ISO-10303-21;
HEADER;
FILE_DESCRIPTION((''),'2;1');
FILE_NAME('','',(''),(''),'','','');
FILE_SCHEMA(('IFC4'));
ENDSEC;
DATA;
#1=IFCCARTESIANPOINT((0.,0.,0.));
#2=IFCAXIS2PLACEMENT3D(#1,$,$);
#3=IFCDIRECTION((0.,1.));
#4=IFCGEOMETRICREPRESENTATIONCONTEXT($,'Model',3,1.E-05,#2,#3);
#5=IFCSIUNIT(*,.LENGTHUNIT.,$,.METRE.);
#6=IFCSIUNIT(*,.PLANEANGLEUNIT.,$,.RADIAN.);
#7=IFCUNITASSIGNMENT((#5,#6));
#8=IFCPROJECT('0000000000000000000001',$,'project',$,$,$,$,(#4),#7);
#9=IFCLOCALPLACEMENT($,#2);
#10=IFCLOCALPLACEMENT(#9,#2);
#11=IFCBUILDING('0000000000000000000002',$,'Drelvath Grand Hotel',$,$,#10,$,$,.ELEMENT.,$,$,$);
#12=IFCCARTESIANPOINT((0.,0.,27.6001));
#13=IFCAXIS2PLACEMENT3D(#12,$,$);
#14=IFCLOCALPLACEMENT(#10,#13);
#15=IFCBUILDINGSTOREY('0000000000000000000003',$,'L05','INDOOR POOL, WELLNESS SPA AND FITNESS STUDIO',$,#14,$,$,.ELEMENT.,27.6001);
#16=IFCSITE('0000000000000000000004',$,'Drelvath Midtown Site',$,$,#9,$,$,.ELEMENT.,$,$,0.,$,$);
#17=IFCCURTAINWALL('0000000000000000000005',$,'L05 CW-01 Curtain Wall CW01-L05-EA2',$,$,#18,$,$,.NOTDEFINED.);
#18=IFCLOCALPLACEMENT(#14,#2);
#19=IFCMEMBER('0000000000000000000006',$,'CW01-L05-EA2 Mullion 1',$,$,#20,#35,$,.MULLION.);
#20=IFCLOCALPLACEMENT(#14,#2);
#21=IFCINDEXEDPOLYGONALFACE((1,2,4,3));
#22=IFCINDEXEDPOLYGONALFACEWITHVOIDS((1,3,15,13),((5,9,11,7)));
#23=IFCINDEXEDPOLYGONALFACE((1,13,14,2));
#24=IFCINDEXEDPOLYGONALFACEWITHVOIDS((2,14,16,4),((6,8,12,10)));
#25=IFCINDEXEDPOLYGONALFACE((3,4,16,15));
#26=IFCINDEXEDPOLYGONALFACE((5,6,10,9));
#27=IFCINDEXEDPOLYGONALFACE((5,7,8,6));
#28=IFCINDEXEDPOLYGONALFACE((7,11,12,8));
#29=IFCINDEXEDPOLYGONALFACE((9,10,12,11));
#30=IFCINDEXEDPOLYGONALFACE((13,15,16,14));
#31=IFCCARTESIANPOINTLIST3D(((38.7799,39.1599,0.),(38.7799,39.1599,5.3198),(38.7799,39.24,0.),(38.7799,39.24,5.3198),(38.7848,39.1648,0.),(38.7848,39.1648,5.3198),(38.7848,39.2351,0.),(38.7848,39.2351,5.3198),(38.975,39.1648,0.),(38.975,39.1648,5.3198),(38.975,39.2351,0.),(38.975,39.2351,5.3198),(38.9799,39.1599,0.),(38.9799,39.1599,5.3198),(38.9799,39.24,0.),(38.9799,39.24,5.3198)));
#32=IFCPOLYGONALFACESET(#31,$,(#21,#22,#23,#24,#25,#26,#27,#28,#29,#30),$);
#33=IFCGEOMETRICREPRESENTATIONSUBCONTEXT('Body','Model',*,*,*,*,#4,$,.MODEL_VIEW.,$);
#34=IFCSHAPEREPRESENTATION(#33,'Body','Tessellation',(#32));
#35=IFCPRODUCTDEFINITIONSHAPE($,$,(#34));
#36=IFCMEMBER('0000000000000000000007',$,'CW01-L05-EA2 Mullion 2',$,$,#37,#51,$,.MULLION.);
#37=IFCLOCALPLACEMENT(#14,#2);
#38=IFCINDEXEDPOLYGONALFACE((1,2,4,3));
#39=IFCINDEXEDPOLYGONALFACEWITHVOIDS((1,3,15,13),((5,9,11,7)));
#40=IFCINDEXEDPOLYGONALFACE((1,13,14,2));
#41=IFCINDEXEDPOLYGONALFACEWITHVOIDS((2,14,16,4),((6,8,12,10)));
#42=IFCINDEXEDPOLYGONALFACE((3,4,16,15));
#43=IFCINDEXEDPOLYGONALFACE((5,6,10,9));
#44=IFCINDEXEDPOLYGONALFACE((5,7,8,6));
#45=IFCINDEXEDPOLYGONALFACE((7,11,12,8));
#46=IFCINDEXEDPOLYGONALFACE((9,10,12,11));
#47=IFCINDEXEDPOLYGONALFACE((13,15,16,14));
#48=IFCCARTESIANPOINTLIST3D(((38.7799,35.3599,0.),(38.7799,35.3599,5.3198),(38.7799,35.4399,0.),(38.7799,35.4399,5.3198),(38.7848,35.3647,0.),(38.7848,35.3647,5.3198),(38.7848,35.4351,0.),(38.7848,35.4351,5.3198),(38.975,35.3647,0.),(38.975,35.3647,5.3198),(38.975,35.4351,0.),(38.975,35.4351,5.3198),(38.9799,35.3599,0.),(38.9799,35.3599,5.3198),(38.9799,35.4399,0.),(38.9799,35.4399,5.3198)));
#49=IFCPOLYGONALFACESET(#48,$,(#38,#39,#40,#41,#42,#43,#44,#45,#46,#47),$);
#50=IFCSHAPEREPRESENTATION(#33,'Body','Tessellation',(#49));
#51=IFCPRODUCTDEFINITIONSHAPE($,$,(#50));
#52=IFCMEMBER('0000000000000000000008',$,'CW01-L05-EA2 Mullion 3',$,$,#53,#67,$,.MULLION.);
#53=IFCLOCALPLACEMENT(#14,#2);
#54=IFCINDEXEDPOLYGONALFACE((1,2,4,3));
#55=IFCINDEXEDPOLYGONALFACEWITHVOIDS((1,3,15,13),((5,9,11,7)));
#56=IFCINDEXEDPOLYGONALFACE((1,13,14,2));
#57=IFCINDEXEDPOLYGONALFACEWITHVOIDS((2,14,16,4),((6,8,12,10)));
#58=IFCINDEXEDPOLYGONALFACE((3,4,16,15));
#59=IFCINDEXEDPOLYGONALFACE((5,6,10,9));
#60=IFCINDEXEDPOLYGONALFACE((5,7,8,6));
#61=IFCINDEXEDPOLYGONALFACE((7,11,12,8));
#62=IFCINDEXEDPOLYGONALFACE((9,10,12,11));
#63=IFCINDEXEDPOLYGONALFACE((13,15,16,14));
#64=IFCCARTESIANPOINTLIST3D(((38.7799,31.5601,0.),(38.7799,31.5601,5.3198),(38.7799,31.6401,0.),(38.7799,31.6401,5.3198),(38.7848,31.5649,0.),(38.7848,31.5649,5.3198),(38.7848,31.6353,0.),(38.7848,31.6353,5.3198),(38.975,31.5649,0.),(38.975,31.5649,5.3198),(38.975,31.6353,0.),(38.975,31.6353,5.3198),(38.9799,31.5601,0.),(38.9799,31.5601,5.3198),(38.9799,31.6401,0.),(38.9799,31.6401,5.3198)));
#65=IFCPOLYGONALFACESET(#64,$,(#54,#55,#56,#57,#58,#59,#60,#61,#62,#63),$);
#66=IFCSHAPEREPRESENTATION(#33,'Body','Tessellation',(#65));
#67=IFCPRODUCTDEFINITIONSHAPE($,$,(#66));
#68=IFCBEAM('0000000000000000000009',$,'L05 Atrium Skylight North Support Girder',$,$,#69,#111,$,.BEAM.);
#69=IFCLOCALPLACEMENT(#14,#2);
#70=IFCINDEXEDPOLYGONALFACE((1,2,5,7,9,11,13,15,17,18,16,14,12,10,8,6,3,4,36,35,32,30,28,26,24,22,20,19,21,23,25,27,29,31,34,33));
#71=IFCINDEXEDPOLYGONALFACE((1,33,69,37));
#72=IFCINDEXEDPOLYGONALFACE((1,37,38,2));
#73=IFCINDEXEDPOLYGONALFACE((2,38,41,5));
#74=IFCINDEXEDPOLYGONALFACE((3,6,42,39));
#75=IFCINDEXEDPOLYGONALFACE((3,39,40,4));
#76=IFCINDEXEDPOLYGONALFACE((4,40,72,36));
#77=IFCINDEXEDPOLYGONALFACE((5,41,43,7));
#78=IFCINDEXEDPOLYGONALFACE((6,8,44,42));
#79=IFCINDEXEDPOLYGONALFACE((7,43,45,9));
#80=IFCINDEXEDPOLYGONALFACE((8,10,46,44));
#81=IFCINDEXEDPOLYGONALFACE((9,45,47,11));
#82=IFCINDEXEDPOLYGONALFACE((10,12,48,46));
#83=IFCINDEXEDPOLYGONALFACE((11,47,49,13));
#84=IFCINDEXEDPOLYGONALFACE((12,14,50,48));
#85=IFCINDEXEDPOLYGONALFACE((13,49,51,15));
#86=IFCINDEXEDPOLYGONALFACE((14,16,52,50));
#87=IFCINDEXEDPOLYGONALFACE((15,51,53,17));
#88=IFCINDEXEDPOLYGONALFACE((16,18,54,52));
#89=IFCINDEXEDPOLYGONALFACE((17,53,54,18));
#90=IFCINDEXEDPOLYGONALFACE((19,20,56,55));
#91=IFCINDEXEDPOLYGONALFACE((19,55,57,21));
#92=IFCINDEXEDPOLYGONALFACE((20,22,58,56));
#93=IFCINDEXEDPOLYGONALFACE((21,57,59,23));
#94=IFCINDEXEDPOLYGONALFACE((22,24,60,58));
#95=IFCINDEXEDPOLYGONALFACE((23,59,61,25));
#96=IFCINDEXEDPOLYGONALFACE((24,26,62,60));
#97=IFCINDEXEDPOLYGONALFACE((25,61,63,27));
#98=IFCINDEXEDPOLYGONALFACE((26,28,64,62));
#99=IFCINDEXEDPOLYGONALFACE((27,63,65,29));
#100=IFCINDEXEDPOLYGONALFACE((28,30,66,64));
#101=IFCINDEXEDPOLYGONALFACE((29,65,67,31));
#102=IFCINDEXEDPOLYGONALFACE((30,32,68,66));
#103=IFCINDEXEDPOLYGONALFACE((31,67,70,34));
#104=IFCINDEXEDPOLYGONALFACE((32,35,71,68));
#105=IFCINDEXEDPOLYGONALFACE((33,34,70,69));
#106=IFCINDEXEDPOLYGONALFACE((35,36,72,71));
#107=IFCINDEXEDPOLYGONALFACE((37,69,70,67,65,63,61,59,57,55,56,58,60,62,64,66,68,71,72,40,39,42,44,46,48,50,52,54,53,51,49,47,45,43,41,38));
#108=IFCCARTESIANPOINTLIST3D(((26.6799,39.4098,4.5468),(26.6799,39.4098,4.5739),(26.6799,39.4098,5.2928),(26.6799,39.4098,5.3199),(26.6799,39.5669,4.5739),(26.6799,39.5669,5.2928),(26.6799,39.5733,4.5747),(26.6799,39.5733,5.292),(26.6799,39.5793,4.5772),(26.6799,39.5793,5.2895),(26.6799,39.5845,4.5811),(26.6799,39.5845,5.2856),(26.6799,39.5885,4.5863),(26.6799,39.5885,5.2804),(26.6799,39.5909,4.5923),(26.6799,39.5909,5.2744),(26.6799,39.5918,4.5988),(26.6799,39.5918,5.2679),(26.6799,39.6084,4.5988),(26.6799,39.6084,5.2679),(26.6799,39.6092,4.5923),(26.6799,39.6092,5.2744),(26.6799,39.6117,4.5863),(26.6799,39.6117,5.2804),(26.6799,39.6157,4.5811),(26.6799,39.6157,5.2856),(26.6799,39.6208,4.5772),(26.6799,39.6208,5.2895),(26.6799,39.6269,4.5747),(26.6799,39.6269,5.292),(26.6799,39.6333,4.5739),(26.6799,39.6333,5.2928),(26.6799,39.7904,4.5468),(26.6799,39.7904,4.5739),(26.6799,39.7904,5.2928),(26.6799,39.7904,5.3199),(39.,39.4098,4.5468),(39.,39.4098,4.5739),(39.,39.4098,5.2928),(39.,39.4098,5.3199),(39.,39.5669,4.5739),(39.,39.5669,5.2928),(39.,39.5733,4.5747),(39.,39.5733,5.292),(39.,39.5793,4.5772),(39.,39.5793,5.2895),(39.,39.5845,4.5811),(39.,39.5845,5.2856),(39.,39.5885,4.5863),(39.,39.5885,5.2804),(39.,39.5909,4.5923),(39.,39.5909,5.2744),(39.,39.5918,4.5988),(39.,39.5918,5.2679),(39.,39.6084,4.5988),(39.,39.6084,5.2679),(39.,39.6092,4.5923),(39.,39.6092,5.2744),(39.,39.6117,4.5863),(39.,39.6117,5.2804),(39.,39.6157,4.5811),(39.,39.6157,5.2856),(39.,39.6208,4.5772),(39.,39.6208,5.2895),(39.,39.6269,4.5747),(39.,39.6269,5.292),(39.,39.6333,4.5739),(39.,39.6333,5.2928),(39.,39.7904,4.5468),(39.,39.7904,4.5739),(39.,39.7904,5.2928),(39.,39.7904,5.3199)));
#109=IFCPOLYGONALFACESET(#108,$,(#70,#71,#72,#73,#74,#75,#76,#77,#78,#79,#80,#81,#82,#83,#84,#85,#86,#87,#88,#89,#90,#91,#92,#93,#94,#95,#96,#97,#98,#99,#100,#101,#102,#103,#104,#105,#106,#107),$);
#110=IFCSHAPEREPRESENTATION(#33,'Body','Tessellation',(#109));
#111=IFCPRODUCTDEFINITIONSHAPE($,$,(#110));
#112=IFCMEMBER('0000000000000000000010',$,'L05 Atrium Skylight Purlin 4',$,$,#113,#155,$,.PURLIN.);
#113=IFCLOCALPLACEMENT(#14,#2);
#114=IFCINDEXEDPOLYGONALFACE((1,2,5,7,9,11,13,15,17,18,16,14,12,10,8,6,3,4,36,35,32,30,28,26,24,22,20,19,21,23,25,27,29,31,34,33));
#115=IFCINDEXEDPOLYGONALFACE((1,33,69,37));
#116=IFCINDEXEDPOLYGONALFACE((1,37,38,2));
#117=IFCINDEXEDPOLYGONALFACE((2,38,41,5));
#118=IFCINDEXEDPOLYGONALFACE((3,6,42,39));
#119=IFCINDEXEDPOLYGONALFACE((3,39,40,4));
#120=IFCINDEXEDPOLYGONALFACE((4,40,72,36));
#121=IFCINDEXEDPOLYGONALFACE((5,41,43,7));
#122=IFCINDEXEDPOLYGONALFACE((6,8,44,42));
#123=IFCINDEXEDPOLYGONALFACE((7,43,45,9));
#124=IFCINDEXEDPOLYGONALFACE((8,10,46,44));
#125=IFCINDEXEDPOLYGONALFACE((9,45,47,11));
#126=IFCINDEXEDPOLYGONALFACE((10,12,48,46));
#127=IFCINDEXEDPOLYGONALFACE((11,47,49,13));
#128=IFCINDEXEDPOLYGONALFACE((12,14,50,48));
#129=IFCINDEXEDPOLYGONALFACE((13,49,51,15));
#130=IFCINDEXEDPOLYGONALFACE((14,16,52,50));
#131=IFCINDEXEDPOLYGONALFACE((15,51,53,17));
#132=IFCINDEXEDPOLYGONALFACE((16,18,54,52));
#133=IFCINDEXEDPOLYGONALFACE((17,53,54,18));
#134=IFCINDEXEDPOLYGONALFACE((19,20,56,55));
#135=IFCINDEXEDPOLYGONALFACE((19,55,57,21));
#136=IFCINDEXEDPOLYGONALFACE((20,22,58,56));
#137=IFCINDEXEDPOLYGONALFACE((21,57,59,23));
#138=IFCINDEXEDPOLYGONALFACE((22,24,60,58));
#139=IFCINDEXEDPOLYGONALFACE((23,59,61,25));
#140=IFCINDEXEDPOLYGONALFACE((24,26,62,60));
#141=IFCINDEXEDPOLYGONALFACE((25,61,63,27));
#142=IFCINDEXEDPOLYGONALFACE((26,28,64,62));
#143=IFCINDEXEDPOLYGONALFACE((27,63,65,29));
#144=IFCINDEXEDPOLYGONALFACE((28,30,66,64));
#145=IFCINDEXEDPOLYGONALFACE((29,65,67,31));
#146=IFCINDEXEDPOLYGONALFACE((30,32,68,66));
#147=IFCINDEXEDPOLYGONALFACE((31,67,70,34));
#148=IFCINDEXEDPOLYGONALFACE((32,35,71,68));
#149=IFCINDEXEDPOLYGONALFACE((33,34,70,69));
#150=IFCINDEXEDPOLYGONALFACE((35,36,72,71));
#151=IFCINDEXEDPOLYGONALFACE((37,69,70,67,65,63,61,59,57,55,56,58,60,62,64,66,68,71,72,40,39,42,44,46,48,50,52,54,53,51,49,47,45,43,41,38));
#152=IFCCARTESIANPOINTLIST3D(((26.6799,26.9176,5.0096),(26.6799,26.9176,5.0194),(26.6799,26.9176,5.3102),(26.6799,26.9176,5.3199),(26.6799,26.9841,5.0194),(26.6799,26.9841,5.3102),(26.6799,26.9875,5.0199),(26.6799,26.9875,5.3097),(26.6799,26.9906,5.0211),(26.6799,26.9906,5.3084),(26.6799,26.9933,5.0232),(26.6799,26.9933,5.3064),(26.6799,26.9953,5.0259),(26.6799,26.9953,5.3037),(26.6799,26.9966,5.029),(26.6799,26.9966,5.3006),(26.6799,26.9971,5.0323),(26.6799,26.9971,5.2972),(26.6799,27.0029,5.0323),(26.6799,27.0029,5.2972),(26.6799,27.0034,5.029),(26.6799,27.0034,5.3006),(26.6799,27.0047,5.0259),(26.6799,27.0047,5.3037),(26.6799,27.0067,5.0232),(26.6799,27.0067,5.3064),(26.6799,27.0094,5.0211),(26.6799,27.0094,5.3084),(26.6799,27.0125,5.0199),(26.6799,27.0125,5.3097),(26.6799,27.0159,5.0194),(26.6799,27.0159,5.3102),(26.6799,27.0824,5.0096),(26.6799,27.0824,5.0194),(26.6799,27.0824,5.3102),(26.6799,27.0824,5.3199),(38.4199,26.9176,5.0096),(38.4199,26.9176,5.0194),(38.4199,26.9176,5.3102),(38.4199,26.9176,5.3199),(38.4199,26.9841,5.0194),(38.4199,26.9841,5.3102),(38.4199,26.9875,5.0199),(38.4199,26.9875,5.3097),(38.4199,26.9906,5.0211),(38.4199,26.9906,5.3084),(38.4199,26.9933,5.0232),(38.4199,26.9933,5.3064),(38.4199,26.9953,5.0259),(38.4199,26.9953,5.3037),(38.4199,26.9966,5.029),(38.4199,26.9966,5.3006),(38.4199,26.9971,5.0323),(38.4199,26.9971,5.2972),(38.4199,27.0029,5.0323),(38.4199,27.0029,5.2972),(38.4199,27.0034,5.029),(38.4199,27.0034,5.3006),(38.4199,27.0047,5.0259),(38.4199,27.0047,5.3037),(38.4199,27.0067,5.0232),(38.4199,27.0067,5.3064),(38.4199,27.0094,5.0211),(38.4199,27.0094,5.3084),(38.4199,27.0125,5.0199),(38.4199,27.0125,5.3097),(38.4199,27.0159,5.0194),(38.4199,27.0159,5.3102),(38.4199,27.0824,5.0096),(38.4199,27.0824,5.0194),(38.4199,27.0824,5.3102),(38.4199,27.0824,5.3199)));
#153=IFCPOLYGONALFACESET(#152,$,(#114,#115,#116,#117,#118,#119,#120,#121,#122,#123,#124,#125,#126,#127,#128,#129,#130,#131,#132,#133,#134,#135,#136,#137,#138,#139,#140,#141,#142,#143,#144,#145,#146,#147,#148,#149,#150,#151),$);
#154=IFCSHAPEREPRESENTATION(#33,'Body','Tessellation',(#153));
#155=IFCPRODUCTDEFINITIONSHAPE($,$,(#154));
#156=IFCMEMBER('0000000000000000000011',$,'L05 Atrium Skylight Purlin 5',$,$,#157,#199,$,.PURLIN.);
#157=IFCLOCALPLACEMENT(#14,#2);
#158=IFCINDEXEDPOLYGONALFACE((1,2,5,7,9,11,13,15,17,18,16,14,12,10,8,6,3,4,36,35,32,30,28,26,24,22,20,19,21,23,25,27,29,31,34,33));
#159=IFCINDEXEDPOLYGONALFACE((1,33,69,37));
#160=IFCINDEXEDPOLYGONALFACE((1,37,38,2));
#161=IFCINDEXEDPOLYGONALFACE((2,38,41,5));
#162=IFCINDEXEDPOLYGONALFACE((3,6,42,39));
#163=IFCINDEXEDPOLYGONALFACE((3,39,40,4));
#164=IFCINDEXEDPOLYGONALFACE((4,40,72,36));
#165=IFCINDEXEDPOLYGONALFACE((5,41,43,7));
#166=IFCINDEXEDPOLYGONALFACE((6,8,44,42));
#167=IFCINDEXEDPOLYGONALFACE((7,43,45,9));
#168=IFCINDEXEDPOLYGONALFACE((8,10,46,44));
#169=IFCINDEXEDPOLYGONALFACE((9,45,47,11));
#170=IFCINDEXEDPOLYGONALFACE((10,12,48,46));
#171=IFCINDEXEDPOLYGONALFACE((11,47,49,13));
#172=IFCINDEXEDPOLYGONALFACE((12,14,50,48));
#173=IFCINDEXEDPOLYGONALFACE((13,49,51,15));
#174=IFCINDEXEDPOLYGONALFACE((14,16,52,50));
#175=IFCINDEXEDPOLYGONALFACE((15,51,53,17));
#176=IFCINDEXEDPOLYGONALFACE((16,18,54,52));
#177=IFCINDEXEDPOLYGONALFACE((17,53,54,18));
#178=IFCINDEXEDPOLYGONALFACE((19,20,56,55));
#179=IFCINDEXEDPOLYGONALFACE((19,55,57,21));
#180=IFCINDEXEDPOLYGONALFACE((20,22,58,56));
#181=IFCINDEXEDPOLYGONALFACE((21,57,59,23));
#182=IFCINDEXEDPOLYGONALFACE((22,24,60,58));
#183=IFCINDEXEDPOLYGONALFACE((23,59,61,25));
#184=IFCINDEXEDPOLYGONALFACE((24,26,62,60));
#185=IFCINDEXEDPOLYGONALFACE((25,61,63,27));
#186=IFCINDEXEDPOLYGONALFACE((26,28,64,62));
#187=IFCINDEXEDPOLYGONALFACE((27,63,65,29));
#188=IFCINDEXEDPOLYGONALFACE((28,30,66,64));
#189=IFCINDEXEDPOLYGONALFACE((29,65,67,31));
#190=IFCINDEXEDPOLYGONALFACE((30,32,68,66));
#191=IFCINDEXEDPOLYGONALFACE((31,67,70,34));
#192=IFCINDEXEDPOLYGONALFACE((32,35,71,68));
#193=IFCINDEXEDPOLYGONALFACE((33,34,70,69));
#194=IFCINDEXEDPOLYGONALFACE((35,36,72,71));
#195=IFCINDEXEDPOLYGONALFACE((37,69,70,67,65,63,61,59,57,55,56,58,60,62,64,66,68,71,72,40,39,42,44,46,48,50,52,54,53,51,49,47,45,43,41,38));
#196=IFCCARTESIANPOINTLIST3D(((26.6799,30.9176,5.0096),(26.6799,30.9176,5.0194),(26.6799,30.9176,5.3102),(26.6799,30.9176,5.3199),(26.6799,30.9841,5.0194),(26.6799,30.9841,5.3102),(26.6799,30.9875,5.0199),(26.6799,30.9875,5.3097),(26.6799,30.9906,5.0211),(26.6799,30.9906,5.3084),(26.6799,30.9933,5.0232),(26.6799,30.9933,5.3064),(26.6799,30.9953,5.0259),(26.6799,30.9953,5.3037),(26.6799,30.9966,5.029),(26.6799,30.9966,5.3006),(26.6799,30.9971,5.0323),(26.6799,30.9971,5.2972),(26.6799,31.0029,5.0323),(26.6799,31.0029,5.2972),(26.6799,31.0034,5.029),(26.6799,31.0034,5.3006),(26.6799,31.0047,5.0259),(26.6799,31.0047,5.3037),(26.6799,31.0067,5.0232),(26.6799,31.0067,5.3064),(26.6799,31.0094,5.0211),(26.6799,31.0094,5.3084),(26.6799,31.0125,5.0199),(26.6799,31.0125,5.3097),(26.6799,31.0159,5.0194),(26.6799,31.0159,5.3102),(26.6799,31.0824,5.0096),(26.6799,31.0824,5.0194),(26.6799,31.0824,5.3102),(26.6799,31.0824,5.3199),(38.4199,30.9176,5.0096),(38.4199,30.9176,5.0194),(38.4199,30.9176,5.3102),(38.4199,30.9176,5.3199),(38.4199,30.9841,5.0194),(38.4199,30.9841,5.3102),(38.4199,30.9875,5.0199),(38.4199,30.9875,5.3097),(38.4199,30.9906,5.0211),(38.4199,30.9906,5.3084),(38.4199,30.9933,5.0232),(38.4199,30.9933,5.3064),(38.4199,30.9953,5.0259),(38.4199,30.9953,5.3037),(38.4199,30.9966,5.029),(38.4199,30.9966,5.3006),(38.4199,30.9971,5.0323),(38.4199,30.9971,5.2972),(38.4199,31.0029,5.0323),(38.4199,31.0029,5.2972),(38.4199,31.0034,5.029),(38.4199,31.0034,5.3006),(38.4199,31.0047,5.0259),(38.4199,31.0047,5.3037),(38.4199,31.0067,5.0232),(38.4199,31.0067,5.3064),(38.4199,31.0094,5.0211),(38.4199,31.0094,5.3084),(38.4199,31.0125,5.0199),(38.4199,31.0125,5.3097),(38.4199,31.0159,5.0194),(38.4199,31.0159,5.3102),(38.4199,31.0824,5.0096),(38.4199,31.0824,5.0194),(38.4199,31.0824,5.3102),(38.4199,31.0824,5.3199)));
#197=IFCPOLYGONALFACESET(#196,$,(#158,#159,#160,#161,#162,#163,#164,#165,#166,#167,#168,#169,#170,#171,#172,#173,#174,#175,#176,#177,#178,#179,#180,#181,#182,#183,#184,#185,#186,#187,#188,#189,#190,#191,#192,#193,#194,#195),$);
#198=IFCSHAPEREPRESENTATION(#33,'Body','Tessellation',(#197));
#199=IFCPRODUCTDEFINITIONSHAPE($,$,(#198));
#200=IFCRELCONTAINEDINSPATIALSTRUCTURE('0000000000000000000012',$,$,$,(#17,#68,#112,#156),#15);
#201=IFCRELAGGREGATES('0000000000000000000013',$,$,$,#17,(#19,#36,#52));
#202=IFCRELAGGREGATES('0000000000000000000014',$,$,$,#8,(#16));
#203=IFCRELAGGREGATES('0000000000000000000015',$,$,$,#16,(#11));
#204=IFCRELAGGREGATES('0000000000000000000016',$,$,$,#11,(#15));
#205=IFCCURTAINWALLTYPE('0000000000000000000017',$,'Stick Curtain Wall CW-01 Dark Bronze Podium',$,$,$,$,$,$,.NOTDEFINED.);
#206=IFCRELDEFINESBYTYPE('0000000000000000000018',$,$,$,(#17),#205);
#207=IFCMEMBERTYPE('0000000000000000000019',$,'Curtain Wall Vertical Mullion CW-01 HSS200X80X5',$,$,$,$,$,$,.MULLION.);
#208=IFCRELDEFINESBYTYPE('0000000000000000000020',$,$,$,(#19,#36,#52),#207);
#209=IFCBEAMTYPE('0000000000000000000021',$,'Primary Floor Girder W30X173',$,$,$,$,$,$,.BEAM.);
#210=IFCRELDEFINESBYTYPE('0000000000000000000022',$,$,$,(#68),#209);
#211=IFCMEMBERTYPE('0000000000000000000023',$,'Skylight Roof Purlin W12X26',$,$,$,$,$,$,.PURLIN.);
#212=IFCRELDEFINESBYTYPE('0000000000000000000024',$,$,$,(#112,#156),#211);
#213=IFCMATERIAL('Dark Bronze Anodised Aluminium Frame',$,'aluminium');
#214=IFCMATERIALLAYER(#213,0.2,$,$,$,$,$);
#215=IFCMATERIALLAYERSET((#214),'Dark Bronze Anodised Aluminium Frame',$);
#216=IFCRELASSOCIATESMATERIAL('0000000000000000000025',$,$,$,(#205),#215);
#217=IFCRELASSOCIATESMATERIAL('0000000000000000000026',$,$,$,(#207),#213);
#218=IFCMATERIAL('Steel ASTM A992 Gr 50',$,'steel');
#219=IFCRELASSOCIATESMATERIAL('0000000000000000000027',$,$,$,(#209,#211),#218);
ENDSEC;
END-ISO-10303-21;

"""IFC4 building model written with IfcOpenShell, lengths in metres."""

from ifc_helpers import new_model, si_unit, direction, frame, origin, origin_2d, place, context, subcontext, project, spatial, hollow_rectangle, i_section, extrude, material, layer, layer_set, material_profile, profile_set, type_object, element, aggregate, save


model = new_model("IFC4")

# Units and contexts
model_context = context("Model", 3, precision=1e-05, world=origin(), true_north=direction((0.0, 1.0)))
body_context = subcontext(model_context, "Body", "Model", "MODEL_VIEW")
ifc_project = project(units=[si_unit("LENGTHUNIT", "METRE"), si_unit("PLANEANGLEUNIT", "RADIAN")], contexts=[model_context])

# Site, building, storey
site_placement = place(None, origin())
site = spatial("IfcSite", under=ifc_project, at=site_placement, Name="Drelvath Midtown Site", CompositionType="ELEMENT", RefElevation=0.0)
building_placement = place(site_placement, origin())
building = spatial("IfcBuilding", under=site, at=building_placement, Name="Drelvath Grand Hotel", CompositionType="ELEMENT")
storey_placement = place(building_placement, frame((0.0, 0.0, 27.6001)))
storey = spatial("IfcBuildingStorey", under=building, at=storey_placement, Name="L05", Description="INDOOR POOL, WELLNESS SPA AND FITNESS STUDIO", CompositionType="ELEMENT", Elevation=27.6001)

# Curtain wall, members
ifc_material_1 = material(Name="Dark Bronze Anodised Aluminium Frame", Category="aluminium")
ifc_layer_1 = layer(ifc_material_1, 0.2)
ifc_layer_set_1 = layer_set([ifc_layer_1], Name="Dark Bronze Anodised Aluminium Frame")
curtain_wall_type = type_object("IfcCurtainWallType", Name="Stick Curtain Wall CW-01 Dark Bronze Podium", PredefinedType="NOTDEFINED", material=ifc_layer_set_1)
curtain_wall_placement = place(storey_placement, origin())
curtain_wall = element("IfcCurtainWall", 1, at=curtain_wall_placement, inside=storey, type_object=curtain_wall_type, Name="L05 CW-01 Curtain Wall CW01-L05-EA2", PredefinedType="NOTDEFINED")
ifc_material_profile_1 = material_profile(ifc_material_1, hollow_rectangle(XDim=0.0801, YDim=0.2, WallThickness=0.0049, at=origin_2d()), Name="HSS200X80X5")
ifc_profile_set_1 = profile_set([ifc_material_profile_1], Name="Dark Bronze Anodised Aluminium Frame")
member_type_1 = type_object("IfcMemberType", Name="Curtain Wall Vertical Mullion CW-01 HSS200X80X5", PredefinedType="MULLION", material=ifc_profile_set_1)
member_1_placement = place(storey_placement, frame((38.8799, 39.2, 0.0), z_axis=(0.0, 0.0, 1.0), x_axis=(0.0, 1.0, 0.0)))
member_1 = element("IfcMember", 2, at=member_1_placement, type_object=member_type_1, Name="CW01-L05-EA2 Mullion 1", PredefinedType="MULLION", context=body_context, shape_type="SweptSolid", body=[
    extrude(hollow_rectangle(XDim=0.0801, YDim=0.2, WallThickness=0.0049, at=origin_2d()), origin(), (0.0, 0.0, 1.0), 5.3198),
])
member_2_placement = place(storey_placement, frame((38.8799, 35.3999, 0.0), z_axis=(0.0, 0.0, 1.0), x_axis=(0.0, 1.0, 0.0)))
member_2 = element("IfcMember", 3, at=member_2_placement, type_object=member_type_1, Name="CW01-L05-EA2 Mullion 2", PredefinedType="MULLION", context=body_context, shape_type="SweptSolid", body=[
    extrude(hollow_rectangle(XDim=0.0801, YDim=0.2, WallThickness=0.0049, at=origin_2d()), origin(), (0.0, 0.0, 1.0), 5.3198),
])
member_3_placement = place(storey_placement, frame((38.8799, 31.6001, 0.0), z_axis=(0.0, 0.0, 1.0), x_axis=(0.0, 1.0, 0.0)))
member_3 = element("IfcMember", 4, at=member_3_placement, type_object=member_type_1, Name="CW01-L05-EA2 Mullion 3", PredefinedType="MULLION", context=body_context, shape_type="SweptSolid", body=[
    extrude(hollow_rectangle(XDim=0.0801, YDim=0.2, WallThickness=0.0049, at=origin_2d()), origin(), (0.0, 0.0, 1.0), 5.3198),
])

# Beam
ifc_material_2 = material(Name="Steel ASTM A992 Gr 50", Category="steel")
ifc_material_profile_2 = material_profile(ifc_material_2, i_section(OverallWidth=0.3806, OverallDepth=0.7732, WebThickness=0.0166, FlangeThickness=0.0271, FilletRadius=0.0249, at=origin_2d()), Name="W30X173")
ifc_profile_set_2 = profile_set([ifc_material_profile_2], Name="Steel ASTM A992 Gr 50")
beam_type_1 = type_object("IfcBeamType", Name="Primary Floor Girder W30X173", PredefinedType="BEAM", material=ifc_profile_set_2)
beam_1_placement = place(storey_placement, frame((26.6799, 39.6001, 4.9333), z_axis=(1.0, 0.0, 0.0), x_axis=(0.0, 1.0, 0.0)))
element("IfcBeam", 5, at=beam_1_placement, inside=storey, type_object=beam_type_1, Name="L05 Atrium Skylight North Support Girder", PredefinedType="BEAM", context=body_context, shape_type="SweptSolid", body=[
    extrude(i_section(OverallWidth=0.3806, OverallDepth=0.7732, WebThickness=0.0166, FlangeThickness=0.0271, FilletRadius=0.0249, at=origin_2d()), origin(), (0.0, 0.0, 1.0), 12.3201),
])

# Members
ifc_material_profile_3 = material_profile(ifc_material_2, i_section(OverallWidth=0.1648, OverallDepth=0.3103, WebThickness=0.0059, FlangeThickness=0.0098, FilletRadius=0.0129, at=origin_2d()), Name="W12X26")
ifc_profile_set_3 = profile_set([ifc_material_profile_3], Name="Steel ASTM A992 Gr 50")
member_type_2 = type_object("IfcMemberType", Name="Skylight Roof Purlin W12X26", PredefinedType="PURLIN", material=ifc_profile_set_3)
for number, where, z_axis, x_axis, name in (
    (6, (26.6799, 27.0, 5.1648), (1.0, 0.0, 0.0), (0.0, 1.0, 0.0), "L05 Atrium Skylight Purlin 4"),
    (7, (26.6799, 31.0, 5.1648), (1.0, 0.0, 0.0), (0.0, 1.0, 0.0), "L05 Atrium Skylight Purlin 5"),
):
    element("IfcMember", number, at=place(storey_placement, frame(where, z_axis=z_axis, x_axis=x_axis)), inside=storey, type_object=member_type_2, Name=name, PredefinedType="PURLIN", context=body_context, shape_type="SweptSolid", body=[
        extrude(i_section(OverallWidth=0.1648, OverallDepth=0.3103, WebThickness=0.0059, FlangeThickness=0.0098, FilletRadius=0.0129, at=origin_2d()), origin(), (0.0, 0.0, 1.0), 11.74),
    ])

aggregate(curtain_wall, [member_1, member_2, member_3])

save(model, "model.ifc")
